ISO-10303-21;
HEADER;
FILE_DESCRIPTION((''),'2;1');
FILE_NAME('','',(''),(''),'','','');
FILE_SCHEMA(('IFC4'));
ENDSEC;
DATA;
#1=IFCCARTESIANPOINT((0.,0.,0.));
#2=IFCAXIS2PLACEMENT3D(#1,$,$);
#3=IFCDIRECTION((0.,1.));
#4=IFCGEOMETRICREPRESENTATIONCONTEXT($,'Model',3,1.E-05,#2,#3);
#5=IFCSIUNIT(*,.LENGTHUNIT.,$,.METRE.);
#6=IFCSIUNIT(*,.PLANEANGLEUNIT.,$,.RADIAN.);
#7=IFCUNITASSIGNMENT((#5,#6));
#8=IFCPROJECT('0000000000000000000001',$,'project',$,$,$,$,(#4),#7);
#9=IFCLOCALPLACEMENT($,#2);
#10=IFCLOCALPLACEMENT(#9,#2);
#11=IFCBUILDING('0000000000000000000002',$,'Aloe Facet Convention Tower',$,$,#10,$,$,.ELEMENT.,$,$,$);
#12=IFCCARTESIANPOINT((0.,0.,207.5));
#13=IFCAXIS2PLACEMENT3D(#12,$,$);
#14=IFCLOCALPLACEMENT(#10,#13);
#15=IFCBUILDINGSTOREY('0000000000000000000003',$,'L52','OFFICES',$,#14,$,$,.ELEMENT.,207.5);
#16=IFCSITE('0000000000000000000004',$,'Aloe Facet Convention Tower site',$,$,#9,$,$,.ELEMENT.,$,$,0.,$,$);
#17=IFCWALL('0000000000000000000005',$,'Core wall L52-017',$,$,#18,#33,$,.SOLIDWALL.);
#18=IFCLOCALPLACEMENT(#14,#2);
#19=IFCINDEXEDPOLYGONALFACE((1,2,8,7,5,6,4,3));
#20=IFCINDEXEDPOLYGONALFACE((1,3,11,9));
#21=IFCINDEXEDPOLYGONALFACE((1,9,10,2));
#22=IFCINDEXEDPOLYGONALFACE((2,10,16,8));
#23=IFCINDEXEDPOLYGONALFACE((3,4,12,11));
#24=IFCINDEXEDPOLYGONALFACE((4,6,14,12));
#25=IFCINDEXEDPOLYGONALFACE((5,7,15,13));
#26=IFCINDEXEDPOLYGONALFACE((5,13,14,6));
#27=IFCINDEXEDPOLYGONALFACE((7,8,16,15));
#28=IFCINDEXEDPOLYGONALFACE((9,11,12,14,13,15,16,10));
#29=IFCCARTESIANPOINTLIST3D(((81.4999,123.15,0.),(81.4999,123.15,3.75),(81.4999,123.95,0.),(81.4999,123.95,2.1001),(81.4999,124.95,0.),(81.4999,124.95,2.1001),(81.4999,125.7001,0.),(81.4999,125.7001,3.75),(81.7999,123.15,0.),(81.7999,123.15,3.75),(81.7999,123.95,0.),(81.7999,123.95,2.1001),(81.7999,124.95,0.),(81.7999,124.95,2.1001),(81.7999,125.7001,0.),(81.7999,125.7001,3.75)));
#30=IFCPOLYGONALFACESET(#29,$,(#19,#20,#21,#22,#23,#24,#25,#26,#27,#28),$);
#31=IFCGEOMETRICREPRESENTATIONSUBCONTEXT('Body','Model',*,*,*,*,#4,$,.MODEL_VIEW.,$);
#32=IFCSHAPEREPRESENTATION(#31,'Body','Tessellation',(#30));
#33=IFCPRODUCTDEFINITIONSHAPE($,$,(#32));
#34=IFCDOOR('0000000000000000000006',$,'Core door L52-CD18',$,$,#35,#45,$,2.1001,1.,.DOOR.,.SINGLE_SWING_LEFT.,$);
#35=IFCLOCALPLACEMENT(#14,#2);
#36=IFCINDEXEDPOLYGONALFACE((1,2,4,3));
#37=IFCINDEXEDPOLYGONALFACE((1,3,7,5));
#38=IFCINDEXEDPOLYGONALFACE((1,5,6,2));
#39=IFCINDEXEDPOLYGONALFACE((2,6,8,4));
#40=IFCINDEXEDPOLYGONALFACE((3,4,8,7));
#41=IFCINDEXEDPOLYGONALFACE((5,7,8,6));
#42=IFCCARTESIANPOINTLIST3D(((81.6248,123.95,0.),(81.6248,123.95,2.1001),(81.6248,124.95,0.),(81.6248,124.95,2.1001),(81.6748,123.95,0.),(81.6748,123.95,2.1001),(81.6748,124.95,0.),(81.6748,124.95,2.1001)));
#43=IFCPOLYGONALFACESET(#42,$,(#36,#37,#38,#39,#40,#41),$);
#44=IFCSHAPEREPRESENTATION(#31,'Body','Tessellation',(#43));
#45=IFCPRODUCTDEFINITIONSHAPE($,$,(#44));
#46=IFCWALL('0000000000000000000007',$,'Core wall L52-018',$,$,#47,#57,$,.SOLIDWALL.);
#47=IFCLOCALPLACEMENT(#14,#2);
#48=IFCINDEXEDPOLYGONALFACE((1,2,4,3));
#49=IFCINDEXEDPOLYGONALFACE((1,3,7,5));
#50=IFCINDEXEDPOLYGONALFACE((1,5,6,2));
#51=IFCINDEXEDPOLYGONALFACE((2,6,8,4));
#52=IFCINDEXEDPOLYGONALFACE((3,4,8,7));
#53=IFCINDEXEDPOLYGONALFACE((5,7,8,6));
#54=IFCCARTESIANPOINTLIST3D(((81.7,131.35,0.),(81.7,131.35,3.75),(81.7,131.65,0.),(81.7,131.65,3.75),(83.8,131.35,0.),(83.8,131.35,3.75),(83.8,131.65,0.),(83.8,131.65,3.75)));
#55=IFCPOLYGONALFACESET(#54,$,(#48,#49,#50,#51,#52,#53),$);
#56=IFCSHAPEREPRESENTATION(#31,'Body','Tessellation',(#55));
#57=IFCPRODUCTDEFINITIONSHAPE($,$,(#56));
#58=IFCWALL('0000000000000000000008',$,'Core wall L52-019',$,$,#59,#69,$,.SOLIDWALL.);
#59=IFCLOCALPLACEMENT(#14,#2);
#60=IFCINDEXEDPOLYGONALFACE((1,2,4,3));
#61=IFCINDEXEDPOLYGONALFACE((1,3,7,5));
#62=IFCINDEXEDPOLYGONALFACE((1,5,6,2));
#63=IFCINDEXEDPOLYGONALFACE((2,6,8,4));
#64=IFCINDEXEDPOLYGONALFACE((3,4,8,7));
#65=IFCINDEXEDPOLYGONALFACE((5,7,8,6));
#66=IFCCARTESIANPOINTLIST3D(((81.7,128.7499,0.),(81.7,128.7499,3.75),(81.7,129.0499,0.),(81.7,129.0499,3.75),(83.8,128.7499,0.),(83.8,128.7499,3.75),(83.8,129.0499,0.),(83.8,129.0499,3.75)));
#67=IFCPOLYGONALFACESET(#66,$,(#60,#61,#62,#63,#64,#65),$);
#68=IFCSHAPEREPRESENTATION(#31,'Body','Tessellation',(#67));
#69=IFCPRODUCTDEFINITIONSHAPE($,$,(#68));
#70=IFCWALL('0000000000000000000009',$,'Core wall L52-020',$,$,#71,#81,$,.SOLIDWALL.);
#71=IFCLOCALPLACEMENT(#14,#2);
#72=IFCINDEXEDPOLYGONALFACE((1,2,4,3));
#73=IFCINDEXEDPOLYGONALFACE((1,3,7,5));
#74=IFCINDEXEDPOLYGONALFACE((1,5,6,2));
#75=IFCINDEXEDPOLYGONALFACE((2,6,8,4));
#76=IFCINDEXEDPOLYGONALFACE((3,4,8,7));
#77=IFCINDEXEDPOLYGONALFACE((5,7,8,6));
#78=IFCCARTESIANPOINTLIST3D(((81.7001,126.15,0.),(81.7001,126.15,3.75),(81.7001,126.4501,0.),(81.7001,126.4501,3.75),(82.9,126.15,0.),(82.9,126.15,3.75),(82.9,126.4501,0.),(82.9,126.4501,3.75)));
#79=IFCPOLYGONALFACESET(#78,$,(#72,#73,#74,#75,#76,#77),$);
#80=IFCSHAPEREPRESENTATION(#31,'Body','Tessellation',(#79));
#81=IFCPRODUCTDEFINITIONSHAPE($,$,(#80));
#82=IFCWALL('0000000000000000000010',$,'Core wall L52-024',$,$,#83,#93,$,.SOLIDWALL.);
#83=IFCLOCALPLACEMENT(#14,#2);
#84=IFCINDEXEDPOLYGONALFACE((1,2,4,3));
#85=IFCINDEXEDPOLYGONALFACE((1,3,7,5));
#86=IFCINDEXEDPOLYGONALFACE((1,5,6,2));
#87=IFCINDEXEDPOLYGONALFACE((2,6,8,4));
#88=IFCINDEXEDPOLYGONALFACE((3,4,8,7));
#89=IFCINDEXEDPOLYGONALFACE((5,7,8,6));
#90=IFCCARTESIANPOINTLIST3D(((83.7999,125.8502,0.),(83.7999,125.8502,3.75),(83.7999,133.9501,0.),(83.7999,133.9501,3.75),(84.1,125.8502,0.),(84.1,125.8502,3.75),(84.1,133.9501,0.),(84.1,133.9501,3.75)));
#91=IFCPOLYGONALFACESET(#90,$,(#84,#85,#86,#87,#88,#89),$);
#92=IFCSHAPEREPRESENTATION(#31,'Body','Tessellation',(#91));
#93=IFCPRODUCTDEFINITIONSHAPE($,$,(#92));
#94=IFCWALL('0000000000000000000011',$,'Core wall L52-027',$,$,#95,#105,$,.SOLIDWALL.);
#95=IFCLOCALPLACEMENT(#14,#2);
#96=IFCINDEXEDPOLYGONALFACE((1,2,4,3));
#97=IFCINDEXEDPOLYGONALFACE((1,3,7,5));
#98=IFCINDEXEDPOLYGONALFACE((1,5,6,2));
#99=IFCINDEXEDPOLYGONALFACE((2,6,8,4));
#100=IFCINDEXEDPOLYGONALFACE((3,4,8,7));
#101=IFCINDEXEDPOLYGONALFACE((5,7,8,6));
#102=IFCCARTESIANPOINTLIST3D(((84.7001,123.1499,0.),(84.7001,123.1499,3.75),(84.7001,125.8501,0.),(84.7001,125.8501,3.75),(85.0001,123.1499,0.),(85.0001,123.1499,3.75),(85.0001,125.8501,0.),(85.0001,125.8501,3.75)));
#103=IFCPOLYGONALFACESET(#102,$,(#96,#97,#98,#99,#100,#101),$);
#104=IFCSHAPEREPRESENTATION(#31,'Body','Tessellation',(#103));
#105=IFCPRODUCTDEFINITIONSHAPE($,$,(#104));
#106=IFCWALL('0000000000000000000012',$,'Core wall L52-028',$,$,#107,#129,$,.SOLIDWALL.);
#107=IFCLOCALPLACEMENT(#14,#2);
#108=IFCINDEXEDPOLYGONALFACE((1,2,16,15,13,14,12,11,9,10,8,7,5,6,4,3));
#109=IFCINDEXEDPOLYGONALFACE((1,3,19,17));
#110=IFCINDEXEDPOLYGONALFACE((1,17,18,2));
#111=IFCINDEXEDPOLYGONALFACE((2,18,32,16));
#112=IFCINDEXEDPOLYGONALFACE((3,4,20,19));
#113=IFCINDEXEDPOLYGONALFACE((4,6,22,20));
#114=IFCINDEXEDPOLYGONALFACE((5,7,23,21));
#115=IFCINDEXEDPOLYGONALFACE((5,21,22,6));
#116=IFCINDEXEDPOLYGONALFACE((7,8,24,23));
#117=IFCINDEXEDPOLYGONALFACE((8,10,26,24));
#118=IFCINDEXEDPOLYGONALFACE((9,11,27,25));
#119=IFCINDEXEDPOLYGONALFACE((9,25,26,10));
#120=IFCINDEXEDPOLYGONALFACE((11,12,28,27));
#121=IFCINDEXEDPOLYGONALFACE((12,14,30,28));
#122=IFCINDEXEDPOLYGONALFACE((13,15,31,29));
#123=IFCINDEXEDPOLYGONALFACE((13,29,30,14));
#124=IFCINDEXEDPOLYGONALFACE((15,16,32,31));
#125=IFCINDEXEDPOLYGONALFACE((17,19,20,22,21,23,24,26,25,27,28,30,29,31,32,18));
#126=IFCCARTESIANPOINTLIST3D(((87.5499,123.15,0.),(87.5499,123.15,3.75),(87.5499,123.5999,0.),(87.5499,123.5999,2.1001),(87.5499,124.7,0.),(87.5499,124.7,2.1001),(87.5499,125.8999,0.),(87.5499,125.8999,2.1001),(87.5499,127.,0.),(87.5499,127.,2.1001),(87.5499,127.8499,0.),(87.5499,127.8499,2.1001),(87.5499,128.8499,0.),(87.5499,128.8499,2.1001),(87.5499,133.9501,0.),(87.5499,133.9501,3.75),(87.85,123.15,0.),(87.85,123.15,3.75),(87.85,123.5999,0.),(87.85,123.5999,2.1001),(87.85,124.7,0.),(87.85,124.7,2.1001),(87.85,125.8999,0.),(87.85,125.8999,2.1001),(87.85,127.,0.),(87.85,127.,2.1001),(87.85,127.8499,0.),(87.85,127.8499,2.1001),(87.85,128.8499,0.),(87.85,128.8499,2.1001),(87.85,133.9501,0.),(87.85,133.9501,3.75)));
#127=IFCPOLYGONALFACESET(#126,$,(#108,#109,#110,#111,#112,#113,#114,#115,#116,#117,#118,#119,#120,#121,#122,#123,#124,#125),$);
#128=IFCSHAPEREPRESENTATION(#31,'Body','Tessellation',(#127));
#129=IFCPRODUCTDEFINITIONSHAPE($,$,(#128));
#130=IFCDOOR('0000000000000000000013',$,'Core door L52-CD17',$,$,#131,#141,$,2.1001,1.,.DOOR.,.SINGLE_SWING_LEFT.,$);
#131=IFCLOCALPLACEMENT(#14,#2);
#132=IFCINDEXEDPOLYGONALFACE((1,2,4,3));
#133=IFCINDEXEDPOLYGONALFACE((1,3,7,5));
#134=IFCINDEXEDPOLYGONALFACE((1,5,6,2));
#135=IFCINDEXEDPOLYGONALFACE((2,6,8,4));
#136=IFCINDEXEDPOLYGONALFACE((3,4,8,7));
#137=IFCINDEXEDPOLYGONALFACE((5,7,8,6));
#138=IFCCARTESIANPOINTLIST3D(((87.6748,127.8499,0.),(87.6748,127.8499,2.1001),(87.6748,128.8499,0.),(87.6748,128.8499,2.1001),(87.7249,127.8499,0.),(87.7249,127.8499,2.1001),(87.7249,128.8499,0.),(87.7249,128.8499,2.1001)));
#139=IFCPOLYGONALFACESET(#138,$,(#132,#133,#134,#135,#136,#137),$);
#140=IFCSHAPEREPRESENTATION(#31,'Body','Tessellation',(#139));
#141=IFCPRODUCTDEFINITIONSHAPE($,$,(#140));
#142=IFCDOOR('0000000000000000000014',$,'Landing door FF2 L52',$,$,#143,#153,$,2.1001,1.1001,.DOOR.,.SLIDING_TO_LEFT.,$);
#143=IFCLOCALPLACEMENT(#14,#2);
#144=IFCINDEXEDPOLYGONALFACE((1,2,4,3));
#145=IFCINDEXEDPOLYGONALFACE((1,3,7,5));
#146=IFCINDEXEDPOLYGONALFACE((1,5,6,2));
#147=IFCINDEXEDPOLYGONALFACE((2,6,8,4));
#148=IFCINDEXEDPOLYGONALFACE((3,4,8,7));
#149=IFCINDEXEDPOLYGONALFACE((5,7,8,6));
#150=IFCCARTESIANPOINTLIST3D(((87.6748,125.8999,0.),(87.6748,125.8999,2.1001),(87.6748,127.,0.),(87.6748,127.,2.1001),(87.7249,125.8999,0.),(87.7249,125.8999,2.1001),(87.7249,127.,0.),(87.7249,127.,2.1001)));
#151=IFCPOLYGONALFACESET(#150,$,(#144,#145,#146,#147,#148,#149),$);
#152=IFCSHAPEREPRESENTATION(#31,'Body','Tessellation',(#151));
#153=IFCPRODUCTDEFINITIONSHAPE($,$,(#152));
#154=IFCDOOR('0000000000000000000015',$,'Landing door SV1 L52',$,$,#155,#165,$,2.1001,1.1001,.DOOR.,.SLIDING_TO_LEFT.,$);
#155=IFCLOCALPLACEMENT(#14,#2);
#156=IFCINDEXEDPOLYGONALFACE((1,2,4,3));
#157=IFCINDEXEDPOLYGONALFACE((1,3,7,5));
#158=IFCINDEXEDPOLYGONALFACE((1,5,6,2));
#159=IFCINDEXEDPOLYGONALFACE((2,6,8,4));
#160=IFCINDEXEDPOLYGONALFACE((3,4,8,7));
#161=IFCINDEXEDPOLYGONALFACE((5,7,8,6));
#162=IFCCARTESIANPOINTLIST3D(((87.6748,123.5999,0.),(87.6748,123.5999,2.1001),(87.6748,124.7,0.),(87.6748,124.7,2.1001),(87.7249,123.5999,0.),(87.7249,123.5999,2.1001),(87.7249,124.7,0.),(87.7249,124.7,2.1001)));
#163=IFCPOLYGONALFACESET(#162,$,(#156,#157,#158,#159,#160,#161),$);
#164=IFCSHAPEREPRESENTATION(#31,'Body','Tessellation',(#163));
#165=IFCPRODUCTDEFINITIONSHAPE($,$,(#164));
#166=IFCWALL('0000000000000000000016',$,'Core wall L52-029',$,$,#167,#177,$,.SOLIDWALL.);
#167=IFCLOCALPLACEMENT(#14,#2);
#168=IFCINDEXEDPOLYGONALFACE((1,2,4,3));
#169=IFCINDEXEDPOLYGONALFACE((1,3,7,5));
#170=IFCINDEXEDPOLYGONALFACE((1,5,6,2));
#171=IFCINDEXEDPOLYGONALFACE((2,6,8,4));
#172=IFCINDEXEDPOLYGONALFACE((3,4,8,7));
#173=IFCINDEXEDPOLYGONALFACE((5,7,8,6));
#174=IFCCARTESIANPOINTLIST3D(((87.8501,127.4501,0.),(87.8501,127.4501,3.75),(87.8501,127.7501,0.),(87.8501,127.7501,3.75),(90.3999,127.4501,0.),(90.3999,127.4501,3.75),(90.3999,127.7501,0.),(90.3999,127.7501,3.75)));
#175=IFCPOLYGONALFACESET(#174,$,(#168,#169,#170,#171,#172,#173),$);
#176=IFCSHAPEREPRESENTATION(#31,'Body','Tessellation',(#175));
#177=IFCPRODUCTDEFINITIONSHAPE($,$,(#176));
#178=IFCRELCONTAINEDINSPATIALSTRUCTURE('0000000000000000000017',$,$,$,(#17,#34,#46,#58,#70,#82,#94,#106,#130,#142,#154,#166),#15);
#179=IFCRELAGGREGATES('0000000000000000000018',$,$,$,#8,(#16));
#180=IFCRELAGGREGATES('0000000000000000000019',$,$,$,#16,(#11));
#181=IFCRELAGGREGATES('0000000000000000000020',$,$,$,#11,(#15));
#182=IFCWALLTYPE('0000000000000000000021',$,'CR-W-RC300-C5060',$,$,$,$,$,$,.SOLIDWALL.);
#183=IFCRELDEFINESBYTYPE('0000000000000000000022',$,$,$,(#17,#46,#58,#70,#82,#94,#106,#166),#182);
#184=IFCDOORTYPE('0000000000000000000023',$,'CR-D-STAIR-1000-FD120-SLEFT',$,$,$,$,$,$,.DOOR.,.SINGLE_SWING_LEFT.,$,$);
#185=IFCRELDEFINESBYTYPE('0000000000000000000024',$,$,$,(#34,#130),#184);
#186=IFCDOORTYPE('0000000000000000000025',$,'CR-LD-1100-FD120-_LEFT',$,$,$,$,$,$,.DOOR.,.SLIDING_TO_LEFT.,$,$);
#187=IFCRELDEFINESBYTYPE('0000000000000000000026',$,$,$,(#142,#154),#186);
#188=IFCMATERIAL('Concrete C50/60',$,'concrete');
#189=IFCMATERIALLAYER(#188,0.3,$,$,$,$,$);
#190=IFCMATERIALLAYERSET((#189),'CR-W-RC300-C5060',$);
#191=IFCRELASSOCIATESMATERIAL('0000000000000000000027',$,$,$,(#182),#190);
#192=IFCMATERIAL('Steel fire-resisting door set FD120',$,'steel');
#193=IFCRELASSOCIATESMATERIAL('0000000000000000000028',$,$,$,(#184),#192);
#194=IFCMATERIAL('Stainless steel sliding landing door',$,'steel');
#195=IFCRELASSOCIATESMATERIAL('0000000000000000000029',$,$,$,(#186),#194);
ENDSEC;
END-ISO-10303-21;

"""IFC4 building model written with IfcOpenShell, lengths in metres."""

from ifc_helpers import new_model, si_unit, direction, frame, frame_2d, origin, place, context, subcontext, project, spatial, rectangle, extrude, material, layer, layer_set, type_object, element, fill, save


model = new_model("IFC4")

# Units and contexts
model_context = context("Model", 3, precision=1e-05, world=origin(), true_north=direction((0.0, 1.0)))
body_context = subcontext(model_context, "Body", "Model", "MODEL_VIEW")
ifc_project = project(units=[si_unit("LENGTHUNIT", "METRE"), si_unit("PLANEANGLEUNIT", "RADIAN")], contexts=[model_context])

# Site, building, storey
site_placement = place(None, origin())
site = spatial("IfcSite", under=ifc_project, at=site_placement, Name="Aloe Facet Convention Tower site", CompositionType="ELEMENT", RefElevation=0.0)
building_placement = place(site_placement, origin())
building = spatial("IfcBuilding", under=site, at=building_placement, Name="Aloe Facet Convention Tower", CompositionType="ELEMENT")
storey_placement = place(building_placement, frame((0.0, 0.0, 207.5)))
storey = spatial("IfcBuildingStorey", under=building, at=storey_placement, Name="L52", Description="OFFICES", CompositionType="ELEMENT", Elevation=207.5)

# Shared definitions
ifc_material_1 = material(Name="Concrete C50/60", Category="concrete")
ifc_layer_1 = layer(ifc_material_1, 0.3)
ifc_layer_set_1 = layer_set([ifc_layer_1], Name="CR-W-RC300-C5060")
wall_type_1 = type_object("IfcWallType", Name="CR-W-RC300-C5060", PredefinedType="SOLIDWALL", material=ifc_layer_set_1)

# Wall, opening, door
wall_1_placement = place(storey_placement, frame((81.6499, 125.7, 0.0), z_axis=(0.0, 0.0, 1.0), x_axis=(0.0, -1.0, 0.0)))
wall_1 = element("IfcWall", 1, at=wall_1_placement, inside=storey, type_object=wall_type_1, Name="Core wall L52-017", PredefinedType="SOLIDWALL", context=body_context, shape_type="SweptSolid", body=[
    extrude(rectangle(XDim=2.55, YDim=0.3, at=frame_2d((1.2749, 0.0))), origin(), (0.0, 0.0, 1.0), 3.75),
])
opening_1_placement = place(wall_1_placement, frame((0.75, 0.0, 0.0)))
opening_1 = element("IfcOpeningElement", 2, at=opening_1_placement, cuts=wall_1, PredefinedType="OPENING", context=body_context, shape_type="SweptSolid", body=[
    extrude(rectangle(XDim=1.0, YDim=2.1001, at=frame_2d((0.5, 1.05))), frame((0.0, 0.1602, 0.0), z_axis=(0.0, -1.0, 0.0), x_axis=(1.0, 0.0, 0.0)), (0.0, 0.0, 1.0), 0.3201),
])
ifc_material_2 = material(Name="Steel fire-resisting door set FD120", Category="steel")
door_type_1 = type_object("IfcDoorType", Name="CR-D-STAIR-1000-FD120-SLEFT", OperationType="SINGLE_SWING_LEFT", PredefinedType="DOOR", material=ifc_material_2)
door_1_placement = place(opening_1_placement, origin())
door_1 = element("IfcDoor", 3, at=door_1_placement, inside=storey, type_object=door_type_1, Name="Core door L52-CD18", OperationType="SINGLE_SWING_LEFT", OverallHeight=2.1001, OverallWidth=1.0, PredefinedType="DOOR", context=body_context, shape_type="SweptSolid", body=[
    extrude(rectangle(XDim=1.0, YDim=2.1001, at=frame_2d((0.5, 1.05))), frame((0.0, 0.0249, 0.0), z_axis=(0.0, -1.0, 0.0), x_axis=(1.0, 0.0, 0.0)), (0.0, 0.0, 1.0), 0.05),
])
fill(opening_1, door_1)

# Walls
for number, where, z_axis, x_axis, name in (
    (4, (81.7, 131.5, 0.0), (0.0, 0.0, 1.0), (1.0, 0.0, 0.0), "Core wall L52-018"),
    (5, (81.7, 128.8999, 0.0), (0.0, 0.0, 1.0), (1.0, 0.0, 0.0), "Core wall L52-019"),
):
    element("IfcWall", number, at=place(storey_placement, frame(where, z_axis=z_axis, x_axis=x_axis)), inside=storey, type_object=wall_type_1, Name=name, PredefinedType="SOLIDWALL", context=body_context, shape_type="SweptSolid", body=[
        extrude(rectangle(XDim=2.1001, YDim=0.3, at=frame_2d((1.05, 0.0))), origin(), (0.0, 0.0, 1.0), 3.75),
    ])
wall_2_placement = place(storey_placement, frame((81.7, 126.3, 0.0), z_axis=(0.0, 0.0, 1.0), x_axis=(1.0, 0.0, 0.0)))
element("IfcWall", 6, at=wall_2_placement, inside=storey, type_object=wall_type_1, Name="Core wall L52-020", PredefinedType="SOLIDWALL", context=body_context, shape_type="SweptSolid", body=[
    extrude(rectangle(XDim=1.2, YDim=0.3, at=frame_2d((0.6001, 0.0))), origin(), (0.0, 0.0, 1.0), 3.75),
])
wall_3_placement = place(storey_placement, frame((83.95, 133.95, 0.0), z_axis=(0.0, 0.0, 1.0), x_axis=(0.0, -1.0, 0.0)))
element("IfcWall", 7, at=wall_3_placement, inside=storey, type_object=wall_type_1, Name="Core wall L52-024", PredefinedType="SOLIDWALL", context=body_context, shape_type="SweptSolid", body=[
    extrude(rectangle(XDim=8.0999, YDim=0.3, at=frame_2d((4.0498, 0.0))), origin(), (0.0, 0.0, 1.0), 3.75),
])
wall_4_placement = place(storey_placement, frame((84.8501, 125.8501, 0.0), z_axis=(0.0, 0.0, 1.0), x_axis=(0.0, -1.0, 0.0)))
element("IfcWall", 8, at=wall_4_placement, inside=storey, type_object=wall_type_1, Name="Core wall L52-027", PredefinedType="SOLIDWALL", context=body_context, shape_type="SweptSolid", body=[
    extrude(rectangle(XDim=2.7002, YDim=0.3, at=frame_2d((1.3501, 0.0))), origin(), (0.0, 0.0, 1.0), 3.75),
])

# Wall, openings, doors
wall_5_placement = place(storey_placement, frame((87.7, 133.95, 0.0), z_axis=(0.0, 0.0, 1.0), x_axis=(0.0, -1.0, 0.0)))
wall_5 = element("IfcWall", 9, at=wall_5_placement, inside=storey, type_object=wall_type_1, Name="Core wall L52-028", PredefinedType="SOLIDWALL", context=body_context, shape_type="SweptSolid", body=[
    extrude(rectangle(XDim=10.8, YDim=0.3, at=frame_2d((5.3999, 0.0))), origin(), (0.0, 0.0, 1.0), 3.75),
])
opening_2_placement = place(wall_5_placement, frame((6.95, 0.0, 0.0)))
opening_2 = element("IfcOpeningElement", 10, at=opening_2_placement, cuts=wall_5, PredefinedType="OPENING", context=body_context, shape_type="SweptSolid", body=[
    extrude(rectangle(XDim=1.1001, YDim=2.1001, at=frame_2d((0.55, 1.05))), frame((0.0, 0.1602, 0.0), z_axis=(0.0, -1.0, 0.0), x_axis=(1.0, 0.0, 0.0)), (0.0, 0.0, 1.0), 0.3201),
])
opening_3_placement = place(wall_5_placement, frame((5.1001, 0.0, 0.0)))
opening_3 = element("IfcOpeningElement", 11, at=opening_3_placement, cuts=wall_5, PredefinedType="OPENING", context=body_context, shape_type="SweptSolid", body=[
    extrude(rectangle(XDim=1.0, YDim=2.1001, at=frame_2d((0.5, 1.05))), frame((0.0, 0.1602, 0.0), z_axis=(0.0, -1.0, 0.0), x_axis=(1.0, 0.0, 0.0)), (0.0, 0.0, 1.0), 0.3201),
])
opening_4_placement = place(wall_5_placement, frame((9.25, 0.0, 0.0)))
opening_4 = element("IfcOpeningElement", 12, at=opening_4_placement, cuts=wall_5, PredefinedType="OPENING", context=body_context, shape_type="SweptSolid", body=[
    extrude(rectangle(XDim=1.1001, YDim=2.1001, at=frame_2d((0.55, 1.05))), frame((0.0, 0.1602, 0.0), z_axis=(0.0, -1.0, 0.0), x_axis=(1.0, 0.0, 0.0)), (0.0, 0.0, 1.0), 0.3201),
])
door_2_placement = place(opening_3_placement, origin())
door_2 = element("IfcDoor", 13, at=door_2_placement, inside=storey, type_object=door_type_1, Name="Core door L52-CD17", OperationType="SINGLE_SWING_LEFT", OverallHeight=2.1001, OverallWidth=1.0, PredefinedType="DOOR", context=body_context, shape_type="SweptSolid", body=[
    extrude(rectangle(XDim=1.0, YDim=2.1001, at=frame_2d((0.5, 1.05))), frame((0.0, 0.0249, 0.0), z_axis=(0.0, -1.0, 0.0), x_axis=(1.0, 0.0, 0.0)), (0.0, 0.0, 1.0), 0.05),
])
fill(opening_3, door_2)
ifc_material_3 = material(Name="Stainless steel sliding landing door", Category="steel")
door_type_2 = type_object("IfcDoorType", Name="CR-LD-1100-FD120-_LEFT", OperationType="SLIDING_TO_LEFT", PredefinedType="DOOR", material=ifc_material_3)
door_3_placement = place(opening_2_placement, origin())
door_3 = element("IfcDoor", 14, at=door_3_placement, inside=storey, type_object=door_type_2, Name="Landing door FF2 L52", OperationType="SLIDING_TO_LEFT", OverallHeight=2.1001, OverallWidth=1.1001, PredefinedType="DOOR", context=body_context, shape_type="SweptSolid", body=[
    extrude(rectangle(XDim=1.1001, YDim=2.1001, at=frame_2d((0.55, 1.05))), frame((0.0, 0.0249, 0.0), z_axis=(0.0, -1.0, 0.0), x_axis=(1.0, 0.0, 0.0)), (0.0, 0.0, 1.0), 0.05),
])
fill(opening_2, door_3)
door_4_placement = place(opening_4_placement, origin())
door_4 = element("IfcDoor", 15, at=door_4_placement, inside=storey, type_object=door_type_2, Name="Landing door SV1 L52", OperationType="SLIDING_TO_LEFT", OverallHeight=2.1001, OverallWidth=1.1001, PredefinedType="DOOR", context=body_context, shape_type="SweptSolid", body=[
    extrude(rectangle(XDim=1.1001, YDim=2.1001, at=frame_2d((0.55, 1.05))), frame((0.0, 0.0249, 0.0), z_axis=(0.0, -1.0, 0.0), x_axis=(1.0, 0.0, 0.0)), (0.0, 0.0, 1.0), 0.05),
])
fill(opening_4, door_4)

# Wall
for number, where, z_axis, x_axis, name in (
    (16, (87.8501, 127.6001, 0.0), (0.0, 0.0, 1.0), (1.0, 0.0, 0.0), "Core wall L52-029"),
):
    element("IfcWall", number, at=place(storey_placement, frame(where, z_axis=z_axis, x_axis=x_axis)), inside=storey, type_object=wall_type_1, Name=name, PredefinedType="SOLIDWALL", context=body_context, shape_type="SweptSolid", body=[
        extrude(rectangle(XDim=2.5498, YDim=0.3, at=frame_2d((1.2749, 0.0))), origin(), (0.0, 0.0, 1.0), 3.75),
    ])

save(model, "model.ifc")
